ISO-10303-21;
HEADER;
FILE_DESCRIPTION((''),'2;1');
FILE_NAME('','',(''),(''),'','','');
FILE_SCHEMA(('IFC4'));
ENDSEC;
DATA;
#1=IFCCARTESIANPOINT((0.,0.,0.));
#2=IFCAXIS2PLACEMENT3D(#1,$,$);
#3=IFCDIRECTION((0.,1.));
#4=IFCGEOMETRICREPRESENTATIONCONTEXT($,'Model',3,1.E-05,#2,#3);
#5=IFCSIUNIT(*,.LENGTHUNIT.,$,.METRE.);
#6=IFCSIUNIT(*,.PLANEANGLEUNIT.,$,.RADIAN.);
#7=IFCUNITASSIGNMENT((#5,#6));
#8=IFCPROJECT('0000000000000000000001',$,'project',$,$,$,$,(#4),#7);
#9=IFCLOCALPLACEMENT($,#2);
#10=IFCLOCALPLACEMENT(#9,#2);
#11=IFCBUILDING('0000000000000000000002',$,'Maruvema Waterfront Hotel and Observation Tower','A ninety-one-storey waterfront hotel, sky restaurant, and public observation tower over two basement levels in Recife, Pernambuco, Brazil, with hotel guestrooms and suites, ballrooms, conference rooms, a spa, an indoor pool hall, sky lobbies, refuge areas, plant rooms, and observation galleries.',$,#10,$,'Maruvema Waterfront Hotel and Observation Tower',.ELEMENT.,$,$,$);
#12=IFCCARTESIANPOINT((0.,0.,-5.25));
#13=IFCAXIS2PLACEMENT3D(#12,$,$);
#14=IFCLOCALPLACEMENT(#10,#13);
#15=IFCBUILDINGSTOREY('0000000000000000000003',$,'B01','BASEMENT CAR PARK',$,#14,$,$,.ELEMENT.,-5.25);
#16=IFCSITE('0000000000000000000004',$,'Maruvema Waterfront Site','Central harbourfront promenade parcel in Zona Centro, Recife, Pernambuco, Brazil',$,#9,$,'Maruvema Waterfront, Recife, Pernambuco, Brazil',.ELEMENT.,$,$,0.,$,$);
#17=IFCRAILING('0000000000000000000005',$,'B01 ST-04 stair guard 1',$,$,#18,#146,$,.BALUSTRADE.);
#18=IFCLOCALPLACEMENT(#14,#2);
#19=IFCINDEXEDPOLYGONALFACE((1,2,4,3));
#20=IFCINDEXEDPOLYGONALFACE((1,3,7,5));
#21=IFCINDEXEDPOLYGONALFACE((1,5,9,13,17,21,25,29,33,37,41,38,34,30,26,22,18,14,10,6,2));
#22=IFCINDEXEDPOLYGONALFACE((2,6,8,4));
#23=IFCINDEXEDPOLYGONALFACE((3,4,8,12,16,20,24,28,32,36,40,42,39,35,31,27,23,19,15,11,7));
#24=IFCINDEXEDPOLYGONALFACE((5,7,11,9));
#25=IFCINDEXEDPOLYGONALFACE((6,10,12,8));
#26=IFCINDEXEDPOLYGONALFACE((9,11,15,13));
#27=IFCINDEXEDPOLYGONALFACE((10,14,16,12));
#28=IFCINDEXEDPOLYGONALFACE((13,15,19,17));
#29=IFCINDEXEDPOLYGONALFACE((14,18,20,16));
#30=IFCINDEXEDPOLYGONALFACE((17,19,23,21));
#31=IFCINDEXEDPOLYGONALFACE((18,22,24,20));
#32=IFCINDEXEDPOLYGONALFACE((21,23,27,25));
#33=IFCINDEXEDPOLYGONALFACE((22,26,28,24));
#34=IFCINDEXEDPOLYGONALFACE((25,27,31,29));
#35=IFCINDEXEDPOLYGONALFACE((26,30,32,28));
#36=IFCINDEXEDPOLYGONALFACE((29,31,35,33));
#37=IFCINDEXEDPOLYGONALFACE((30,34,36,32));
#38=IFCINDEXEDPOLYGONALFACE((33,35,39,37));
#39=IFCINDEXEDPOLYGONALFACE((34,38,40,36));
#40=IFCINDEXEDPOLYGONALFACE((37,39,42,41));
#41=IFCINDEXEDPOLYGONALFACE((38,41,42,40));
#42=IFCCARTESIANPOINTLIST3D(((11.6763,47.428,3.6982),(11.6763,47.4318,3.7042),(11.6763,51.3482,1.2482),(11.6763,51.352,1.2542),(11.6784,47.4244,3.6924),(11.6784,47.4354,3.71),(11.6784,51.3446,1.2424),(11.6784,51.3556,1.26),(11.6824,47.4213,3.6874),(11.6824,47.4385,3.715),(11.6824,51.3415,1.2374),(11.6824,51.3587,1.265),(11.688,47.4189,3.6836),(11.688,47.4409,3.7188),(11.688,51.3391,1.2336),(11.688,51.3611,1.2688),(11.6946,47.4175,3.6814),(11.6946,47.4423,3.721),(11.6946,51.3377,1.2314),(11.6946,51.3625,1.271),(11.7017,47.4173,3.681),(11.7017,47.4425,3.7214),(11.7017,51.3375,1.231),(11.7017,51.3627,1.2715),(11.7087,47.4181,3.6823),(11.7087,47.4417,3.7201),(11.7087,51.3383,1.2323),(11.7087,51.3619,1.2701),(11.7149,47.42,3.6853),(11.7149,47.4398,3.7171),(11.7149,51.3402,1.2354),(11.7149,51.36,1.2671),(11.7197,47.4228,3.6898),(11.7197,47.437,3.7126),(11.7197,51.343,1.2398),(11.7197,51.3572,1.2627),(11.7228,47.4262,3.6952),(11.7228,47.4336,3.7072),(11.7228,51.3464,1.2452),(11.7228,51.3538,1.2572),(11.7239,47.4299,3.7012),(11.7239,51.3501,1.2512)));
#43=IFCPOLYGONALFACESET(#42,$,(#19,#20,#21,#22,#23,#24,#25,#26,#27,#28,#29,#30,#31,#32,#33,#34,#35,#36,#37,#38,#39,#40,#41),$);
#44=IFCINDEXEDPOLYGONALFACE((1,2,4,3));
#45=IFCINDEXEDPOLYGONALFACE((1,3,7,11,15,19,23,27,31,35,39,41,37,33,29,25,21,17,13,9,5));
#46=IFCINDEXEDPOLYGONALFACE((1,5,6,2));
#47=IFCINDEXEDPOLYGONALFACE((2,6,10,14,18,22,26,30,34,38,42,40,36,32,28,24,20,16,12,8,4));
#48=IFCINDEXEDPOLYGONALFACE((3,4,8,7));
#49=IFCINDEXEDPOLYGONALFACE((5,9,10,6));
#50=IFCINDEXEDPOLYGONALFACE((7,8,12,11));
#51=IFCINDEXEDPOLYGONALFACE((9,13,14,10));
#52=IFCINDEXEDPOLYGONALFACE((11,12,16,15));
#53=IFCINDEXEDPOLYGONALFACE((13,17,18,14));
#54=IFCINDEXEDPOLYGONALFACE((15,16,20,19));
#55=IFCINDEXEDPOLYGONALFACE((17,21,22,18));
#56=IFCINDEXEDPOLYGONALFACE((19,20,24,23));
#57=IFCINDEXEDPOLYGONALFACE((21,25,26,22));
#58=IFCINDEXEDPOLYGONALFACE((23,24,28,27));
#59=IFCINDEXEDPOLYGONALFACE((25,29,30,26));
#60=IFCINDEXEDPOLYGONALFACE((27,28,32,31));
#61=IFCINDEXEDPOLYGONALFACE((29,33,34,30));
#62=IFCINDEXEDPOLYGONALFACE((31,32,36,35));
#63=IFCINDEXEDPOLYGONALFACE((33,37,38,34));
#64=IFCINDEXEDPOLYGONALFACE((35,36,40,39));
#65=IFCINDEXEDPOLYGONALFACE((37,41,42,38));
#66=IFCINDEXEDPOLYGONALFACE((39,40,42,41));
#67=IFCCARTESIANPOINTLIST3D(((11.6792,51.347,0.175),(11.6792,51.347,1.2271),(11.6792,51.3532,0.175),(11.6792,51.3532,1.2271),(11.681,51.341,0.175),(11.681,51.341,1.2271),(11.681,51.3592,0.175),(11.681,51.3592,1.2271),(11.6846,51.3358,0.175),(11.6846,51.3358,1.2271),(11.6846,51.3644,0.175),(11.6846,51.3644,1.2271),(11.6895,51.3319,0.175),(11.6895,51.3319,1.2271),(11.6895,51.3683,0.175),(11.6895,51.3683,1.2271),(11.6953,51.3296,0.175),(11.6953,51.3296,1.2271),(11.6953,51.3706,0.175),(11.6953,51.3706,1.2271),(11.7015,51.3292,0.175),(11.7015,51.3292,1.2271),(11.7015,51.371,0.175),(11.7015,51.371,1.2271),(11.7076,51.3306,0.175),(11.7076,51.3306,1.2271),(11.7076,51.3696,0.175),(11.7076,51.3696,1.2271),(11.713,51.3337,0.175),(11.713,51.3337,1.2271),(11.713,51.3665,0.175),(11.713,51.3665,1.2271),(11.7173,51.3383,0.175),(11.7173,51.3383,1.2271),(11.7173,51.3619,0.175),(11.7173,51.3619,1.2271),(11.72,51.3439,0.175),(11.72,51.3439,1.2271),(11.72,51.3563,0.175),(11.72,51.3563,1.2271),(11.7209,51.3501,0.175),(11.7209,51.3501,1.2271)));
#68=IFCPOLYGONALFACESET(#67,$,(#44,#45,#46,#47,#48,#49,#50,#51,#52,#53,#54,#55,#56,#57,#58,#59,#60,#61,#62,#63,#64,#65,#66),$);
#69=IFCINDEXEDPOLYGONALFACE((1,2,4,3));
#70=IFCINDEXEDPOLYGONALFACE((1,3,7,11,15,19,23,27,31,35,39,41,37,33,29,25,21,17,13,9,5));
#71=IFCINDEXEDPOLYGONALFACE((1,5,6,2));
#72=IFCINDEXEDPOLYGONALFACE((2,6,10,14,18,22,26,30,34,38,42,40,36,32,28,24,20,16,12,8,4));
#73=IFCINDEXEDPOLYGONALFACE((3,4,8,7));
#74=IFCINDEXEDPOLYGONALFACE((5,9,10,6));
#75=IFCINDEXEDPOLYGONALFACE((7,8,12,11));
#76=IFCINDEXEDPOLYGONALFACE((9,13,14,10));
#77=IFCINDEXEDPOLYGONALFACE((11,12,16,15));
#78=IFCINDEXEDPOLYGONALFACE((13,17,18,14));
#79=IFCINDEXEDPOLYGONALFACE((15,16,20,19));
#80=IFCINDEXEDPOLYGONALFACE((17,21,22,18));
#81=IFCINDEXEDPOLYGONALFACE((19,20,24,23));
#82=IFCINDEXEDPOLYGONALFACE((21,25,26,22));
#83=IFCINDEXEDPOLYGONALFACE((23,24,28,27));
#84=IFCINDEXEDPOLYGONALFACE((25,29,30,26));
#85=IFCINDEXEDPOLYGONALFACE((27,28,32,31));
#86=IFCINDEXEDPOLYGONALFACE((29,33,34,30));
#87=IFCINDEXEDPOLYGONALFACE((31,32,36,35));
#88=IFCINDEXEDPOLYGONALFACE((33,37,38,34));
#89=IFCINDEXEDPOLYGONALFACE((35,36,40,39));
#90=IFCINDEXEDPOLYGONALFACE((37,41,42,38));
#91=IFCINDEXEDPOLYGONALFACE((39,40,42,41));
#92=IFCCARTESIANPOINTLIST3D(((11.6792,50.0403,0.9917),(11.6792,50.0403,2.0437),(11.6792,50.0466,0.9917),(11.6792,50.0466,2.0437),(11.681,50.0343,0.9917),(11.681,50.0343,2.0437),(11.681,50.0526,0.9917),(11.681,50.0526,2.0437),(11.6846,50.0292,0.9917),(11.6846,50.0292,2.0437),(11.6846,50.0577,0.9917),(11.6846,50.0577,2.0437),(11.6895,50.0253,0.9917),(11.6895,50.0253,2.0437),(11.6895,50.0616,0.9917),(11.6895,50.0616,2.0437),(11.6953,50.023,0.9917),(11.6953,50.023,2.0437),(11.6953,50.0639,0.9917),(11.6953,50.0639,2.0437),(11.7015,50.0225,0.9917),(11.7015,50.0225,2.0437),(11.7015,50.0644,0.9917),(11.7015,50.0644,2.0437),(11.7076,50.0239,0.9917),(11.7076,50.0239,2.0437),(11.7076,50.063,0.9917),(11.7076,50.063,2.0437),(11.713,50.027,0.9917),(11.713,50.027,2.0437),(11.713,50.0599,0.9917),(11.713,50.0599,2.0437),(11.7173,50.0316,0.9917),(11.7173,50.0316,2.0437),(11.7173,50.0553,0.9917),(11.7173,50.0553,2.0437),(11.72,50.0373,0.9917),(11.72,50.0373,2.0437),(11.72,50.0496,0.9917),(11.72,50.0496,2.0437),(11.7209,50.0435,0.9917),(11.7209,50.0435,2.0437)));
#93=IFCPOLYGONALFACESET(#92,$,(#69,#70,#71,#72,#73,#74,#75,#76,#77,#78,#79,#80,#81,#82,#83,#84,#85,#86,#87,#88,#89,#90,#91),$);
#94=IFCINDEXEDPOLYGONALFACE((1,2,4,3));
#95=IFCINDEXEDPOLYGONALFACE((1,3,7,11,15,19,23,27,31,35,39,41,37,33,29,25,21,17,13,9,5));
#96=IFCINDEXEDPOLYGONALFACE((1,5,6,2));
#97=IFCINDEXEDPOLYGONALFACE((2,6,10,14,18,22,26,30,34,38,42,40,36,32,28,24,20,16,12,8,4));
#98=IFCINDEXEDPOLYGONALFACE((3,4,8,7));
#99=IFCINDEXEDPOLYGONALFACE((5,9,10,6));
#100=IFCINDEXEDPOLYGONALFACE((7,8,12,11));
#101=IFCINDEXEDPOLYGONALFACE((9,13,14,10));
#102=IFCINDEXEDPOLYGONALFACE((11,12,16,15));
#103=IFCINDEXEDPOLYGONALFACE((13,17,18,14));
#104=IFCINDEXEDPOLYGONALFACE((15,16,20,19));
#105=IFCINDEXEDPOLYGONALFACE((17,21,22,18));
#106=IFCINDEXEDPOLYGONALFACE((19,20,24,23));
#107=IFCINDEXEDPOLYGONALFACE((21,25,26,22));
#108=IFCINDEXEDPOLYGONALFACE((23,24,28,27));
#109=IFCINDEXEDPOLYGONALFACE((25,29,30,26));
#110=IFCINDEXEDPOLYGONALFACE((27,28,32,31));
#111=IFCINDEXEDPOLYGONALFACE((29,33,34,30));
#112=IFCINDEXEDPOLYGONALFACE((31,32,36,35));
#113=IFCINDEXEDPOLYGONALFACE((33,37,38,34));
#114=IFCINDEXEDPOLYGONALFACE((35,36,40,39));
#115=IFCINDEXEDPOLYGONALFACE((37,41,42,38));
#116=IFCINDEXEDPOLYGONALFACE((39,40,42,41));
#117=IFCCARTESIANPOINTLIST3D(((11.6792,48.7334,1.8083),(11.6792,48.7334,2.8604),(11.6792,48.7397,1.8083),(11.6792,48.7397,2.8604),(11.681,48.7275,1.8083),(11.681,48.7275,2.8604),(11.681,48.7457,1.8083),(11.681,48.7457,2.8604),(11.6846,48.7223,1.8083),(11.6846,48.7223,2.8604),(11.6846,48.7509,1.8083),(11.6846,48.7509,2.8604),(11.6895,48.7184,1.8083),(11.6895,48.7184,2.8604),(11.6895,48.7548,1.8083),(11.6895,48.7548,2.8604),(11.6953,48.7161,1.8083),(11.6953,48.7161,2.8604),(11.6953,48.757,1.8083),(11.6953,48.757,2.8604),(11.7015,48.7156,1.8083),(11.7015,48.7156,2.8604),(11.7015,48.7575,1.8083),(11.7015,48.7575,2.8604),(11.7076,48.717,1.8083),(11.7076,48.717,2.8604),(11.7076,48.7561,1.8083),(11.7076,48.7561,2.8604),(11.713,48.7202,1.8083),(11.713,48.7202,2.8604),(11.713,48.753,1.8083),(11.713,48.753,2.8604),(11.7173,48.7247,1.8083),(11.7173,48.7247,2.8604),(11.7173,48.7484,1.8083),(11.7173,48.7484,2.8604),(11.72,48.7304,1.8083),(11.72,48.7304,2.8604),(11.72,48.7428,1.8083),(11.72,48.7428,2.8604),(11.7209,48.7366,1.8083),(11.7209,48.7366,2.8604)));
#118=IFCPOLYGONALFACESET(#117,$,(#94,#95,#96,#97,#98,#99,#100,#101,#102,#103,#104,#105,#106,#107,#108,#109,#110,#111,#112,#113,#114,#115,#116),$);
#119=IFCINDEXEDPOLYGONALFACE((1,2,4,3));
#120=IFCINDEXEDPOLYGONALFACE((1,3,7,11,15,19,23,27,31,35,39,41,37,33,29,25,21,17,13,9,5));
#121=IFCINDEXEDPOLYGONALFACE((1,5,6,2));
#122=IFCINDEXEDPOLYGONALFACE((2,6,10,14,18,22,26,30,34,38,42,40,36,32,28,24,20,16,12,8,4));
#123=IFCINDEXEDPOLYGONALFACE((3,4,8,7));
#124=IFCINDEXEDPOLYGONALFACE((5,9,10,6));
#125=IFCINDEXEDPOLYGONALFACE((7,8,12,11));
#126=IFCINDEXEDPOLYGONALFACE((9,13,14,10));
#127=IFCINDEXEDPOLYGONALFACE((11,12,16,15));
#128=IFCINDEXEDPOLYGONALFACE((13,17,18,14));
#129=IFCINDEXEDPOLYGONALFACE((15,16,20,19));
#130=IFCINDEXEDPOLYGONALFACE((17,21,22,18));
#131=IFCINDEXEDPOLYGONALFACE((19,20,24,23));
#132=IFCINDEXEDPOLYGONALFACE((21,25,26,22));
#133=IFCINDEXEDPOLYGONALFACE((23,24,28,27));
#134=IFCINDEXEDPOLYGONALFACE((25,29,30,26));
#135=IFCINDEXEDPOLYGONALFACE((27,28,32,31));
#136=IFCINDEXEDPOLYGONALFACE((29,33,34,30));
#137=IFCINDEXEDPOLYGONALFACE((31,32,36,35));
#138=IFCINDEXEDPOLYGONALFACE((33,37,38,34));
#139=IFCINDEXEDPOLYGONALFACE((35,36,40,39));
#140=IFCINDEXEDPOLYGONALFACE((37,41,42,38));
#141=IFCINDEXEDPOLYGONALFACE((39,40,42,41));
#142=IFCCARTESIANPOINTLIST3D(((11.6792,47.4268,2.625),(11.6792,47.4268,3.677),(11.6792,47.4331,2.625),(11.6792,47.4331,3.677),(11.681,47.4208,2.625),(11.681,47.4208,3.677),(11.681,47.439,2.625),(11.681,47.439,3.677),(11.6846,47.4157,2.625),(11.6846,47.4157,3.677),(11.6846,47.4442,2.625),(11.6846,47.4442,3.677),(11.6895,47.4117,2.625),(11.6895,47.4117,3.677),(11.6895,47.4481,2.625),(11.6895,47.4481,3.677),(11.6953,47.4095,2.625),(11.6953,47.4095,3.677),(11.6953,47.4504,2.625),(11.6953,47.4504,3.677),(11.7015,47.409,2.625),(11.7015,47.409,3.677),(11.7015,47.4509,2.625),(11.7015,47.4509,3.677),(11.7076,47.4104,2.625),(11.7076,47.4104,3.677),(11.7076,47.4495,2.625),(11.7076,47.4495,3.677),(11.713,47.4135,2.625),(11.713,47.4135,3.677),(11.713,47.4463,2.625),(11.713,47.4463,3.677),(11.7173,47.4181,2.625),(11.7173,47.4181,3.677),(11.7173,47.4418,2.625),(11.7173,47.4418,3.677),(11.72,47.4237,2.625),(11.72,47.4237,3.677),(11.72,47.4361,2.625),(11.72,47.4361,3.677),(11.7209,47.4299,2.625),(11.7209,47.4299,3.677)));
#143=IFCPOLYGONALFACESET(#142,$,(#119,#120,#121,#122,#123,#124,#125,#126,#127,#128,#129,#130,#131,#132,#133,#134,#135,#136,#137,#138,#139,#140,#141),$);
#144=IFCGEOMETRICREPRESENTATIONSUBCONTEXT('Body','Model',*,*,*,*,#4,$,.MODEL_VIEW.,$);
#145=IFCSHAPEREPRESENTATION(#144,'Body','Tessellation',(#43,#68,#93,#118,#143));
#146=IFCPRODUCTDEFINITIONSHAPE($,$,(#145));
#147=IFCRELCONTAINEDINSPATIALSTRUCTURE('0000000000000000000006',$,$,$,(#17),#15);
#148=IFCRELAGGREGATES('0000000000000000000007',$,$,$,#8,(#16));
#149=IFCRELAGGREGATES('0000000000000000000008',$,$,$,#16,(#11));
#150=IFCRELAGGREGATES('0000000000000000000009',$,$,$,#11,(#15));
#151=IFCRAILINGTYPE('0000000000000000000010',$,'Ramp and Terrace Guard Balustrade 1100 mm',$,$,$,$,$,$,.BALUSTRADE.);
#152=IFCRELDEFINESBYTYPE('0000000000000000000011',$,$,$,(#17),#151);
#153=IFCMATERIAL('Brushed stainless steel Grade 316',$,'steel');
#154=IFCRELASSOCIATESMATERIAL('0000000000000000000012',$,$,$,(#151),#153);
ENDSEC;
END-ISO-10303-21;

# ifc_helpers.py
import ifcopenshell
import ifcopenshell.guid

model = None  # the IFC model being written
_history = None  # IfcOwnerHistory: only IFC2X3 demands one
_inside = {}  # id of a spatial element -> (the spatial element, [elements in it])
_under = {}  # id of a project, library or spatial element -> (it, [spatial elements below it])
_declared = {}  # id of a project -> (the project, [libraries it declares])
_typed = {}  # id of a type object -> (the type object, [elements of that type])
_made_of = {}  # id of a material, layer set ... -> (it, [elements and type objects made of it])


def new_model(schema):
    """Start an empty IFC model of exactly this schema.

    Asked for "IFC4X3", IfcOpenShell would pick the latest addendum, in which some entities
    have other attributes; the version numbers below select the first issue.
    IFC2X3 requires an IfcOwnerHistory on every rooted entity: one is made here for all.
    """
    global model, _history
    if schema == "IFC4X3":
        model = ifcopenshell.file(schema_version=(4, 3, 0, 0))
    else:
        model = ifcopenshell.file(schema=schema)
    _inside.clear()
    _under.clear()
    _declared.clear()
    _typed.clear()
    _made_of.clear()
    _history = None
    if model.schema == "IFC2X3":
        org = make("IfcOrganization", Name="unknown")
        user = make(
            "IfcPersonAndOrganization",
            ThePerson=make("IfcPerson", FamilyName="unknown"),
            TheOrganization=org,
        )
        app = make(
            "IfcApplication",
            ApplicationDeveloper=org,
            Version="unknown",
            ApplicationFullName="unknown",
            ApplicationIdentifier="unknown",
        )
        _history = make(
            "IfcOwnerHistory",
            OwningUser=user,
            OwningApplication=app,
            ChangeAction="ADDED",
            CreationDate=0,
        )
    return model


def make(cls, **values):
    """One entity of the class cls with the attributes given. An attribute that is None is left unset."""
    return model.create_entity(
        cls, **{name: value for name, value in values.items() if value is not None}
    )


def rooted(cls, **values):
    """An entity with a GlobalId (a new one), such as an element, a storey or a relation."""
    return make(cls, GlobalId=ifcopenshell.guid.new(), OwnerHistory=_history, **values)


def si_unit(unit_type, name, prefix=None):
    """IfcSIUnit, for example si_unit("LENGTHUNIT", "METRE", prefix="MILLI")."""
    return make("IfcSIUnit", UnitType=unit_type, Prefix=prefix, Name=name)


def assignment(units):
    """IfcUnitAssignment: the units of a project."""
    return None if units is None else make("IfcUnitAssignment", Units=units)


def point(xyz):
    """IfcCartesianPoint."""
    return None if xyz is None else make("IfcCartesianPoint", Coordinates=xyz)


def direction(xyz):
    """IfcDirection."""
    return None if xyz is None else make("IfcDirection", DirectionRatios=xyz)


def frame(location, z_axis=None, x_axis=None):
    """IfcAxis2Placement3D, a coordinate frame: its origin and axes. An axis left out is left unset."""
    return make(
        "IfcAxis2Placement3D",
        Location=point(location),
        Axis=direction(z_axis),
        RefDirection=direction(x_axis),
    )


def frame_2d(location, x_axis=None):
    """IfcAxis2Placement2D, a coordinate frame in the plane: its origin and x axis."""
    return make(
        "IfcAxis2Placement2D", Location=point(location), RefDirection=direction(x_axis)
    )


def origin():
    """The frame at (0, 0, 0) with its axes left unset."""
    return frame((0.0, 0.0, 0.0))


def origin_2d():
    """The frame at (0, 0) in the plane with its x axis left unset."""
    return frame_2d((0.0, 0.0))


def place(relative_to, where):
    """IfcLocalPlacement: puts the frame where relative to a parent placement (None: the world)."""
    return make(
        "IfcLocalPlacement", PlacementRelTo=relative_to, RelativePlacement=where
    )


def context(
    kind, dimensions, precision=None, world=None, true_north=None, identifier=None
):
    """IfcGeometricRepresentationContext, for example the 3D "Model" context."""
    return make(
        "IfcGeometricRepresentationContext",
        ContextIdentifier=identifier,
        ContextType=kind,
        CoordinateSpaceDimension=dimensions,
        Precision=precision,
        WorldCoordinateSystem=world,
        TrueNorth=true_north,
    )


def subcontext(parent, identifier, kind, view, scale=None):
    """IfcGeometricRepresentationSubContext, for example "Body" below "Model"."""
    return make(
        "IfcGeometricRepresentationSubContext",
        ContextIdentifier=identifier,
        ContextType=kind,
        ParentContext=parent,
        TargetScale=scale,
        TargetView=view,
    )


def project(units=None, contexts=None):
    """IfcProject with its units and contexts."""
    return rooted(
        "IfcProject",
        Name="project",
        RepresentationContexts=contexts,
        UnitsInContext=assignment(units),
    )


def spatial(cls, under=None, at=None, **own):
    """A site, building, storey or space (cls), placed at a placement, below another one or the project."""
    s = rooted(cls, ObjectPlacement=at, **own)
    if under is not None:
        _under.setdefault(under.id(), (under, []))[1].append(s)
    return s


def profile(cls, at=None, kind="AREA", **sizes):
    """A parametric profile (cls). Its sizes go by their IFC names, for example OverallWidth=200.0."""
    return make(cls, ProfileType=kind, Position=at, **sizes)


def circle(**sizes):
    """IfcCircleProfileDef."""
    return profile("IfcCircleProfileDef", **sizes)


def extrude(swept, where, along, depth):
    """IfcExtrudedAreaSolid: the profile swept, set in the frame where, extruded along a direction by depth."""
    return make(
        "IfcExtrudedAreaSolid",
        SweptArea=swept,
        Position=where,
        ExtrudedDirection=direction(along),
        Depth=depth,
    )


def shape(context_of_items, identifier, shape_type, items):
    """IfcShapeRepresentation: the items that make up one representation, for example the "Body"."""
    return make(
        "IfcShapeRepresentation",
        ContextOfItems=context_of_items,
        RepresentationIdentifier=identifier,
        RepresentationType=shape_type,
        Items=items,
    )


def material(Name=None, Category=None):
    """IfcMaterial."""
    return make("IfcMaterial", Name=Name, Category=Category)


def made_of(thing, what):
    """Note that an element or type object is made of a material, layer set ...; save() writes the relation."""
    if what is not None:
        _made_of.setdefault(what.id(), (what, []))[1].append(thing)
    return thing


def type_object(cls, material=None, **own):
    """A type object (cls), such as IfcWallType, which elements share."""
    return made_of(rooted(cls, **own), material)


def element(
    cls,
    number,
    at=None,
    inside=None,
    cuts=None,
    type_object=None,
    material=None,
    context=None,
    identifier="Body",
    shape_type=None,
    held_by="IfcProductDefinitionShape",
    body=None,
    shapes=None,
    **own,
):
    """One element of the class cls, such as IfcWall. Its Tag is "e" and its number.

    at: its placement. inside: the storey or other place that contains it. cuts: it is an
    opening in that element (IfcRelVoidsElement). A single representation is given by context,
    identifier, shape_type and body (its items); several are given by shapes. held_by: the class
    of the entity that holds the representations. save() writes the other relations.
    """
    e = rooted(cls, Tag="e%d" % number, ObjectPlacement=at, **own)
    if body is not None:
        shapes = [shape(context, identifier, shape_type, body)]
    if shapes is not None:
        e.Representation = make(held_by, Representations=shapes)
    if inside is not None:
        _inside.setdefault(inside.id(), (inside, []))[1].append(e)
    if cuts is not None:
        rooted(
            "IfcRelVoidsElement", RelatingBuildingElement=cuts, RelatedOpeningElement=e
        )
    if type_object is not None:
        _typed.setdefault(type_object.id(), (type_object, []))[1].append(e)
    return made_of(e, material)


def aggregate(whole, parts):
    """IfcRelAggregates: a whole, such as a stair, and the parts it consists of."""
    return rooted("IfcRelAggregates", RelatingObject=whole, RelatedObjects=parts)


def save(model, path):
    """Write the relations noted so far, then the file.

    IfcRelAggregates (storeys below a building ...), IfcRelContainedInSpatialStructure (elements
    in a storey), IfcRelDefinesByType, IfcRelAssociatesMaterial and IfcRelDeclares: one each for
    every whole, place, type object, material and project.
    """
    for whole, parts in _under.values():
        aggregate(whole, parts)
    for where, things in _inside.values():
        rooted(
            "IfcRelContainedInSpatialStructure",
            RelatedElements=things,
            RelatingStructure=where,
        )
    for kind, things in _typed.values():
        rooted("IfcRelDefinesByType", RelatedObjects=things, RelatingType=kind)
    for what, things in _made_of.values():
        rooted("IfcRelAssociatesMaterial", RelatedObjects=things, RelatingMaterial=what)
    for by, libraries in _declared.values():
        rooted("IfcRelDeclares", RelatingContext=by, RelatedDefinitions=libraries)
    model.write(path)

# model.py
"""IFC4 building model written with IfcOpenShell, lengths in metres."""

from ifc_helpers import new_model, si_unit, direction, frame, origin, origin_2d, place, context, subcontext, project, spatial, circle, extrude, material, type_object, element, save


model = new_model("IFC4")

# Units and contexts
model_context = context("Model", 3, precision=1e-05, world=origin(), true_north=direction((0.0, 1.0)))
body_context = subcontext(model_context, "Body", "Model", "MODEL_VIEW")
ifc_project = project(units=[si_unit("LENGTHUNIT", "METRE"), si_unit("PLANEANGLEUNIT", "RADIAN")], contexts=[model_context])

# Site, building, storey
site_placement = place(None, origin())
site = spatial("IfcSite", under=ifc_project, at=site_placement, Name="Maruvema Waterfront Site", Description="Central harbourfront promenade parcel in Zona Centro, Recife, Pernambuco, Brazil", LongName="Maruvema Waterfront, Recife, Pernambuco, Brazil", CompositionType="ELEMENT", RefElevation=0.0)
building_placement = place(site_placement, origin())
building = spatial("IfcBuilding", under=site, at=building_placement, Name="Maruvema Waterfront Hotel and Observation Tower", Description="A ninety-one-storey waterfront hotel, sky restaurant, and public observation tower over two basement levels in Recife, Pernambuco, Brazil, with hotel guestrooms and suites, ballrooms, conference rooms, a spa, an indoor pool hall, sky lobbies, refuge areas, plant rooms, and observation galleries.", LongName="Maruvema Waterfront Hotel and Observation Tower", CompositionType="ELEMENT")
storey_placement = place(building_placement, frame((0.0, 0.0, -5.25)))
storey = spatial("IfcBuildingStorey", under=building, at=storey_placement, Name="B01", Description="BASEMENT CAR PARK", CompositionType="ELEMENT", Elevation=-5.25)

# Railing
ifc_material_1 = material(Name="Brushed stainless steel Grade 316", Category="steel")
railing_type_1 = type_object("IfcRailingType", Name="Ramp and Terrace Guard Balustrade 1100 mm", PredefinedType="BALUSTRADE", material=ifc_material_1)
railing_1_placement = place(storey_placement, frame((11.7, 51.3501, 0.175)))
element("IfcRailing", 1, at=railing_1_placement, inside=storey, type_object=railing_type_1, Name="B01 ST-04 stair guard 1", PredefinedType="BALUSTRADE", context=body_context, shape_type="SweptSolid", body=[
    extrude(circle(Radius=0.0239, at=origin_2d()), frame((0.0, 0.0, 1.0762), z_axis=(0.0, -0.848013, 0.529975), x_axis=(1.0, 0.0, 0.0)), (0.0, 0.0, 1.0), 4.6228),
    extrude(circle(Radius=0.021, at=origin_2d()), origin(), (0.0, 0.0, 1.0), 1.052),
    extrude(circle(Radius=0.021, at=origin_2d()), frame((0.0, -1.3066, 0.8167)), (0.0, 0.0, 1.0), 1.052),
    extrude(circle(Radius=0.021, at=origin_2d()), frame((0.0, -2.6135, 1.6333)), (0.0, 0.0, 1.0), 1.052),
    extrude(circle(Radius=0.021, at=origin_2d()), frame((0.0, -3.9202, 2.45)), (0.0, 0.0, 1.0), 1.052),
])

save(model, "model.ifc")
